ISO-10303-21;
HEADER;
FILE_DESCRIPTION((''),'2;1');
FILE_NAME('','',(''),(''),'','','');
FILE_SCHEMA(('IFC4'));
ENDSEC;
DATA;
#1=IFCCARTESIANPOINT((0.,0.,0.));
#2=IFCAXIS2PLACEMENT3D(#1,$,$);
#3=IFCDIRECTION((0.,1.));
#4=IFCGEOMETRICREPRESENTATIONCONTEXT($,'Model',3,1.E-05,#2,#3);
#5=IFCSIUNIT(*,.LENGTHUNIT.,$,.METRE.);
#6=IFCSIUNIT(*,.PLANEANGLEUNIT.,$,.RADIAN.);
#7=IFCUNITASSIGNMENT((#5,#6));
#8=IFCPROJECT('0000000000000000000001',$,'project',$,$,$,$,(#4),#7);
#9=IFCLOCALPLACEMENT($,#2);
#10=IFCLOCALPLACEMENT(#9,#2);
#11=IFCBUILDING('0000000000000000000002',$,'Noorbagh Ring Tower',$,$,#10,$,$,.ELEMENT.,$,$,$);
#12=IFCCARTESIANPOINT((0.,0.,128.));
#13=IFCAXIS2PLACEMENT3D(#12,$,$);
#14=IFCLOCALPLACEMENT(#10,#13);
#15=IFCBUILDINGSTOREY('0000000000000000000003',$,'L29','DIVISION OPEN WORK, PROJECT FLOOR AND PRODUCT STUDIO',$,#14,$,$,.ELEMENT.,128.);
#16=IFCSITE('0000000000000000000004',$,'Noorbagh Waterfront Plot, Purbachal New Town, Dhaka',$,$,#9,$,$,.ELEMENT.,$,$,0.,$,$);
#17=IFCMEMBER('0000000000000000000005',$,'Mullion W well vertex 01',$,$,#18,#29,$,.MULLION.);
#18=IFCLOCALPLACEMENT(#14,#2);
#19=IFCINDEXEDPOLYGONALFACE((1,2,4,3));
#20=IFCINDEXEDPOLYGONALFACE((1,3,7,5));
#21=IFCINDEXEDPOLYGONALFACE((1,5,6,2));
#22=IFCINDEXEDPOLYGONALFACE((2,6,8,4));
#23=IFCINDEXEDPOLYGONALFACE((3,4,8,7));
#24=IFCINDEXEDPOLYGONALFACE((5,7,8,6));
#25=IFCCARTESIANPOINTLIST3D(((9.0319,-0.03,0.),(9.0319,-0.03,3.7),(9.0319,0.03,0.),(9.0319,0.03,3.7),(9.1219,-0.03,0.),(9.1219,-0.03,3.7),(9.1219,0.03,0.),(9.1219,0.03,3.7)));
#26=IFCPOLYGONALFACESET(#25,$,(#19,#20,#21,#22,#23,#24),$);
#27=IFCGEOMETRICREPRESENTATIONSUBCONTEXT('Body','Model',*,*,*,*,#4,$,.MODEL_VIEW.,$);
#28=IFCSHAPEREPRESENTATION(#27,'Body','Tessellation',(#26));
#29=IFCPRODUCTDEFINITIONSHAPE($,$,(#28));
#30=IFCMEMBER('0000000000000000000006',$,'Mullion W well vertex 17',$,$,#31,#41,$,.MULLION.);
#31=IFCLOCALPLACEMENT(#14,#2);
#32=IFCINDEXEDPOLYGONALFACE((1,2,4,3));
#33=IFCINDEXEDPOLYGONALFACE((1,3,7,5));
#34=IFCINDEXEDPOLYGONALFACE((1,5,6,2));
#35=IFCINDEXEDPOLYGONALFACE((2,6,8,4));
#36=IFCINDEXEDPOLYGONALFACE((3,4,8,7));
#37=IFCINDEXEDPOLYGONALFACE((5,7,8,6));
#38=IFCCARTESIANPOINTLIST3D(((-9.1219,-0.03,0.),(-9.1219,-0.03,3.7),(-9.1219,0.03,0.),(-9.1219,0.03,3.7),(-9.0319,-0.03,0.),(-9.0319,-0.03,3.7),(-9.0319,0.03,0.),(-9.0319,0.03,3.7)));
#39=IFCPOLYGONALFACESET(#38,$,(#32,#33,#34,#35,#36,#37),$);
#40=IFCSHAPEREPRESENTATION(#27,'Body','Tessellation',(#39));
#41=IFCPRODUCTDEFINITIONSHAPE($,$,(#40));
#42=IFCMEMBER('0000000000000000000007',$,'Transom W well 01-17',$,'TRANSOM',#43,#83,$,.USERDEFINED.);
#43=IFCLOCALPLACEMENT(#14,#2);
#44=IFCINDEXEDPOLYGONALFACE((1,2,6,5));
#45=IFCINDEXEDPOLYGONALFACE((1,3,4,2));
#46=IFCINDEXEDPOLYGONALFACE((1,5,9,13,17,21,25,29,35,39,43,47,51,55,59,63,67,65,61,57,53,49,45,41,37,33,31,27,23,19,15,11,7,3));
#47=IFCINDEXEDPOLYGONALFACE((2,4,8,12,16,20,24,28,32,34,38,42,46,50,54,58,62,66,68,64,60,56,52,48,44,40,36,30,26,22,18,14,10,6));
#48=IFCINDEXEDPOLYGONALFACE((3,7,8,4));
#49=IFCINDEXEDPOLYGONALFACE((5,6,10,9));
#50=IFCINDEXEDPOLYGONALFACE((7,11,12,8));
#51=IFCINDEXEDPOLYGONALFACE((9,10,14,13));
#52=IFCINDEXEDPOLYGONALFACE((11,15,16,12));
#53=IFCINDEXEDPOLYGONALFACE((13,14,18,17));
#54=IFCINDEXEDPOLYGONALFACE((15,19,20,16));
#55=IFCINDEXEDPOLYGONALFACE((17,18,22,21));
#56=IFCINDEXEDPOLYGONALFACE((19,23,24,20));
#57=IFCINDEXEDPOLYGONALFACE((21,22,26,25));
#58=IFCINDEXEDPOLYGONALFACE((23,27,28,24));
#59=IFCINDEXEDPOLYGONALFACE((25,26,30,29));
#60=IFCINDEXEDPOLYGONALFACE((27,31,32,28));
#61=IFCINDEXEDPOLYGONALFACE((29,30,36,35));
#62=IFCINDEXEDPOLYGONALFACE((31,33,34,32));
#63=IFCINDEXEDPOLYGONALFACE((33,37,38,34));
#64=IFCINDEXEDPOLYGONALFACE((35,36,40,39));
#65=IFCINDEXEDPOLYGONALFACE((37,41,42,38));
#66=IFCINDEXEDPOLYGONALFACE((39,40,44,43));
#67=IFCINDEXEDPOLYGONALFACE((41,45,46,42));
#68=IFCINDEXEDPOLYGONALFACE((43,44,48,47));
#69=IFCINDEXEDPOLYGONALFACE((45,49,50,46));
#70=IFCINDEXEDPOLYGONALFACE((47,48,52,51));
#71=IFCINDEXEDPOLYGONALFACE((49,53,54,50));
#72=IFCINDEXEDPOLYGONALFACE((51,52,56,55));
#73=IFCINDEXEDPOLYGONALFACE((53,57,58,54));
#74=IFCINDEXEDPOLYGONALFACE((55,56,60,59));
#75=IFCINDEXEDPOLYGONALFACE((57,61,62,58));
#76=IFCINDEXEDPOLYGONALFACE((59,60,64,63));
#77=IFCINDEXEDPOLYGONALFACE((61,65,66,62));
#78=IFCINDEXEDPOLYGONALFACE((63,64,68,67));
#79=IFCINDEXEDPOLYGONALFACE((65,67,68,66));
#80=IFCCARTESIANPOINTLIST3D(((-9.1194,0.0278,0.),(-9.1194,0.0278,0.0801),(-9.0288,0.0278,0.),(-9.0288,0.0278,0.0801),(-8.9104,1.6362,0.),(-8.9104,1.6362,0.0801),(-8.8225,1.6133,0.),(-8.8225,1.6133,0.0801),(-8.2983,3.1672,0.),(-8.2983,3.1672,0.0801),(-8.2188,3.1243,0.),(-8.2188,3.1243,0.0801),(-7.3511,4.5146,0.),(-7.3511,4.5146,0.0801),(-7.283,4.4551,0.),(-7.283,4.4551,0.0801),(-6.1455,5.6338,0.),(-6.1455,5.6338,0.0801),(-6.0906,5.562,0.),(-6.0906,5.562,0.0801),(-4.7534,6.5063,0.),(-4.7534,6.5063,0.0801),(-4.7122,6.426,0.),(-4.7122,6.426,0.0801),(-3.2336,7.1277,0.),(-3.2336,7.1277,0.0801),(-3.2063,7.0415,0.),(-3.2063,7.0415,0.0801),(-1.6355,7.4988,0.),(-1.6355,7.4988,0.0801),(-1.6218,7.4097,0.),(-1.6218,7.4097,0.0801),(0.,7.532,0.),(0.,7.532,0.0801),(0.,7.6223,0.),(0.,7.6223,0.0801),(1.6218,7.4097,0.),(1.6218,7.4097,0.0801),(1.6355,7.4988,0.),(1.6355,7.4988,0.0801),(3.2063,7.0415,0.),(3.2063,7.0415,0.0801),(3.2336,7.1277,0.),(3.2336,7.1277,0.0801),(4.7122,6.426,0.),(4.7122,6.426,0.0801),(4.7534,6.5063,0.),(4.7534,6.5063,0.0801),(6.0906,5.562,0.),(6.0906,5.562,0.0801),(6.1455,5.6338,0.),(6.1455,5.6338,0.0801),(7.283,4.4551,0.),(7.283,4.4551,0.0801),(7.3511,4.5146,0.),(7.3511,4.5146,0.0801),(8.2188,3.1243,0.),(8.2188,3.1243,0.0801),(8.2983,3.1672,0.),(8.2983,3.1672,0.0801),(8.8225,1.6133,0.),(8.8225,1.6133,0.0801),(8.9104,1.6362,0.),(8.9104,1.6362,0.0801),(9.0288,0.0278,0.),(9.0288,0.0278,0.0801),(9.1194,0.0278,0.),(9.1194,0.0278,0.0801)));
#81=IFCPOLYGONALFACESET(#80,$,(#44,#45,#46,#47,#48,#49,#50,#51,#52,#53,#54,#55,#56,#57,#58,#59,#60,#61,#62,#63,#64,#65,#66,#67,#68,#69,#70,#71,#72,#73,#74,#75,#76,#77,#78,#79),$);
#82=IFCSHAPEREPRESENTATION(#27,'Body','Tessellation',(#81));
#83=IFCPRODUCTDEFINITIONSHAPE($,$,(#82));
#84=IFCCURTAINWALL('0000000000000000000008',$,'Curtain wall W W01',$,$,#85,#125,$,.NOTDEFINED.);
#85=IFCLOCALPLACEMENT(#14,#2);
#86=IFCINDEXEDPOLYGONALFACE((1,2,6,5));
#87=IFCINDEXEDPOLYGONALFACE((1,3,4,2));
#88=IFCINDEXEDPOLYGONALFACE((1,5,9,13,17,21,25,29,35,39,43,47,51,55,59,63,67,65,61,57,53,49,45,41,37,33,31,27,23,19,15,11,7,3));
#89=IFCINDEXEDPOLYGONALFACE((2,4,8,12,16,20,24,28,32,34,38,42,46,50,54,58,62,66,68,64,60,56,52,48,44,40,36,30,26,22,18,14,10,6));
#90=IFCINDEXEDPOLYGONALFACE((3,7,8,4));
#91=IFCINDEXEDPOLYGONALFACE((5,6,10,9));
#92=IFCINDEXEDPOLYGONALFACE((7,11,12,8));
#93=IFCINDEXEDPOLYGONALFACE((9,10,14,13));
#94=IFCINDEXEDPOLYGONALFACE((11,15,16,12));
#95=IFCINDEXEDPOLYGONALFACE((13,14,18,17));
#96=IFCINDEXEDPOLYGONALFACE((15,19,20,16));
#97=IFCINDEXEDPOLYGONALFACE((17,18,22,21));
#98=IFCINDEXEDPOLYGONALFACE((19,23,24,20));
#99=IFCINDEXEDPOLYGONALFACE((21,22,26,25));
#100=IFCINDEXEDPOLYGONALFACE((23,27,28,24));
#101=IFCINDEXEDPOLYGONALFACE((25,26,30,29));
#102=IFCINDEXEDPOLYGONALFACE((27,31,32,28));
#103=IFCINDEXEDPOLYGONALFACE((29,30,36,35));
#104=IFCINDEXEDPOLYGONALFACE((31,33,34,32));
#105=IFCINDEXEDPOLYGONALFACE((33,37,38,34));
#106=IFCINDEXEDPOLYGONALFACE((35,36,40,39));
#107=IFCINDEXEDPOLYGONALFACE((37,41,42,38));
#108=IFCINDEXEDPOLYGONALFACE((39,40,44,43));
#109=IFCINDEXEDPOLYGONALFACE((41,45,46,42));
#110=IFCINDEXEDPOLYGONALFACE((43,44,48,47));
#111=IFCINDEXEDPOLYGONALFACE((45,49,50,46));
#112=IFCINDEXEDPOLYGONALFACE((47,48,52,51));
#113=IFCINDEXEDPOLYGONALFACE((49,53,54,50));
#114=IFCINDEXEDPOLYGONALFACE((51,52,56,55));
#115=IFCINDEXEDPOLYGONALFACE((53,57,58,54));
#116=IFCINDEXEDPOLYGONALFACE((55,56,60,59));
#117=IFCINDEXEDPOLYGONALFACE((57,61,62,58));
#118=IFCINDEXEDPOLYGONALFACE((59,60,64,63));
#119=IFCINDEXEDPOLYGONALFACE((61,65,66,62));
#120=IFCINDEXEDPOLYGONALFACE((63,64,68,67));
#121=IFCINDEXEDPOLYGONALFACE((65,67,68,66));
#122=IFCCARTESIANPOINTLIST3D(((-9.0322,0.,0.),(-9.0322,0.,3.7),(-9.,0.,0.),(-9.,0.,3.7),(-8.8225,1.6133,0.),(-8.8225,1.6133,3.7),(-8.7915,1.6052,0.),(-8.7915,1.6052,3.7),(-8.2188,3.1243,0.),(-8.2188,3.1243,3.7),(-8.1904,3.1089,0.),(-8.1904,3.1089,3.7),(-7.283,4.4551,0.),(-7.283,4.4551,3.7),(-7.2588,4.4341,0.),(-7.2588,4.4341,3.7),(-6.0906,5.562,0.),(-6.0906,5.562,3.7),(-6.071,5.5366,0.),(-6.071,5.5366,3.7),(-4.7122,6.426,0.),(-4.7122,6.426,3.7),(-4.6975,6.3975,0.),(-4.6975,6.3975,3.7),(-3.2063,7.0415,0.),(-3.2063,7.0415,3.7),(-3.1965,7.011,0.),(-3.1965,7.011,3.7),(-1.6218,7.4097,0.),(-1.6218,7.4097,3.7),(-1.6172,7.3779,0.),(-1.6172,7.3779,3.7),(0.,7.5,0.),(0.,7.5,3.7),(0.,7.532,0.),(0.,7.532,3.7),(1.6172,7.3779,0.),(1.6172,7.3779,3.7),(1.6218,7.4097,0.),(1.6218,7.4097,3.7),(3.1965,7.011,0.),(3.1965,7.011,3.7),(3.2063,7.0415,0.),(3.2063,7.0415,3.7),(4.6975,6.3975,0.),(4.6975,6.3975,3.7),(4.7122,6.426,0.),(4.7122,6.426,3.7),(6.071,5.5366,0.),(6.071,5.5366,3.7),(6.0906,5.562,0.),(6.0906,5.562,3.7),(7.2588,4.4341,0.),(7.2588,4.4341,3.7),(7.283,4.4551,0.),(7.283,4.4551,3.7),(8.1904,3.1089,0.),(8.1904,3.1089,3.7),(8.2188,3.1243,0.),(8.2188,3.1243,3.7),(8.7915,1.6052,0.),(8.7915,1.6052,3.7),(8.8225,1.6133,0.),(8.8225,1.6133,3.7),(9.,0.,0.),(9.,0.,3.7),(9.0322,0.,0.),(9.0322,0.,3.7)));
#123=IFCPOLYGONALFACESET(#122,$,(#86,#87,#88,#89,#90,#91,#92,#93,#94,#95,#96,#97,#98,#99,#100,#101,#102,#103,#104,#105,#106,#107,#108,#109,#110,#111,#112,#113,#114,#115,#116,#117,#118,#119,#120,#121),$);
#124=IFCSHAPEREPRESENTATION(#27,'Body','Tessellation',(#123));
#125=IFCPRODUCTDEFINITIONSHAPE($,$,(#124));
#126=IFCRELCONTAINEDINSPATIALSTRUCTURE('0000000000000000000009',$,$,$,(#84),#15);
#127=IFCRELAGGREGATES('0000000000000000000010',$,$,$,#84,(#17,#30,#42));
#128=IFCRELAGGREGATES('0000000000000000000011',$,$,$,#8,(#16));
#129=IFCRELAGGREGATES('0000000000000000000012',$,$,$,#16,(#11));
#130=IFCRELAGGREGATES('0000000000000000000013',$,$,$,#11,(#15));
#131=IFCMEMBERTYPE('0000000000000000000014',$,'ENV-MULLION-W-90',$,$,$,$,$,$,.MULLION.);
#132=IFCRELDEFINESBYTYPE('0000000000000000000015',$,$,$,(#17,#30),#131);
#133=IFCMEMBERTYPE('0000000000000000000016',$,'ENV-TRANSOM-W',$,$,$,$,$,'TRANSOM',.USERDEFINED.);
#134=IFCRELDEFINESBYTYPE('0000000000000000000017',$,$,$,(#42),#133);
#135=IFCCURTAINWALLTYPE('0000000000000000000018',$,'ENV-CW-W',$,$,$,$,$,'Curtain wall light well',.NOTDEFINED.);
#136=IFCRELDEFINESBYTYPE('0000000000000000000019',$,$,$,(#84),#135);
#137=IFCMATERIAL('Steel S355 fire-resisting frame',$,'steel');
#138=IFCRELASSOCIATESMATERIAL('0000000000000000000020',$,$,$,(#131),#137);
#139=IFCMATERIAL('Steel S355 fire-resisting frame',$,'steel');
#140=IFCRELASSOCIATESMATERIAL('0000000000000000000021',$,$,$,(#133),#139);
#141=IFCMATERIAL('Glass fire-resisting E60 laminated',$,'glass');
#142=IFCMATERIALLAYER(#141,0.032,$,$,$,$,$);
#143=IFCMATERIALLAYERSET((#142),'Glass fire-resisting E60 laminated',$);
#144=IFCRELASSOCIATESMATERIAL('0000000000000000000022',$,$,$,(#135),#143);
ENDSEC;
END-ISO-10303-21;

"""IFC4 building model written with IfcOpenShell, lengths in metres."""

from ifc_helpers import new_model, si_unit, direction, frame, origin, origin_2d, place, context, subcontext, project, spatial, polyline, rectangle, outline, extrude, material, layer, layer_set, material_profile, profile_set, type_object, element, aggregate, save


model = new_model("IFC4")

# Units and contexts
model_context = context("Model", 3, precision=1e-05, world=origin(), true_north=direction((0.0, 1.0)))
body_context = subcontext(model_context, "Body", "Model", "MODEL_VIEW")
ifc_project = project(units=[si_unit("LENGTHUNIT", "METRE"), si_unit("PLANEANGLEUNIT", "RADIAN")], contexts=[model_context])

# Members
site_placement = place(None, origin())
building_placement = place(site_placement, origin())
storey_placement = place(building_placement, frame((0.0, 0.0, 128.0)))
ifc_material_1 = material(Name="Steel S355 fire-resisting frame", Category="steel")
ifc_material_profile_1 = material_profile(ifc_material_1, rectangle(XDim=0.0901, YDim=0.0601, at=origin_2d()), Name="90x60")
ifc_profile_set_1 = profile_set([ifc_material_profile_1], Name="Steel S355 fire-resisting frame")
member_type_1 = type_object("IfcMemberType", Name="ENV-MULLION-W-90", PredefinedType="MULLION", material=ifc_profile_set_1)
member_1_placement = place(storey_placement, frame((9.0769, 0.0, 0.0), z_axis=(0.0, 0.0, 1.0), x_axis=(1.0, 0.0, 0.0)))
member_1 = element("IfcMember", 1, at=member_1_placement, type_object=member_type_1, Name="Mullion W well vertex 01", PredefinedType="MULLION", context=body_context, shape_type="SweptSolid", body=[
    extrude(rectangle(XDim=0.0901, YDim=0.0601, at=origin_2d()), origin(), (0.0, 0.0, 1.0), 3.7),
])
member_2_placement = place(storey_placement, frame((-9.0769, 0.0, 0.0), z_axis=(0.0, 0.0, 1.0), x_axis=(-1.0, 0.0, 0.0)))
member_2 = element("IfcMember", 2, at=member_2_placement, type_object=member_type_1, Name="Mullion W well vertex 17", PredefinedType="MULLION", context=body_context, shape_type="SweptSolid", body=[
    extrude(rectangle(XDim=0.0901, YDim=0.0601, at=origin_2d()), origin(), (0.0, 0.0, 1.0), 3.7),
])
ifc_material_2 = material(Name="Steel S355 fire-resisting frame", Category="steel")
member_type_2 = type_object("IfcMemberType", Name="ENV-TRANSOM-W", ElementType="TRANSOM", PredefinedType="USERDEFINED", material=ifc_material_2)
member_3_placement = place(storey_placement, origin())
member_3 = element("IfcMember", 3, at=member_3_placement, type_object=member_type_2, Name="Transom W well 01-17", ObjectType="TRANSOM", PredefinedType="USERDEFINED", context=body_context, shape_type="SweptSolid", body=[
    extrude(outline(polyline([(9.1194, 0.0278), (8.9104, 1.6362), (8.2983, 3.1672), (7.3511, 4.5146), (6.1455, 5.6338), (4.7534, 6.5063), (3.2336, 7.1277), (1.6355, 7.4988), (0.0, 7.6223), (-1.6355, 7.4988), (-3.2336, 7.1277), (-4.7534, 6.5063), (-6.1455, 5.6338), (-7.3511, 4.5146), (-8.2983, 3.1672), (-8.9104, 1.6362), (-9.1194, 0.0278), (-9.0288, 0.0278), (-8.8225, 1.6133), (-8.2188, 3.1243), (-7.283, 4.4551), (-6.0906, 5.562), (-4.7122, 6.426), (-3.2063, 7.0415), (-1.6218, 7.4097), (0.0, 7.532), (1.6218, 7.4097), (3.2063, 7.0415), (4.7122, 6.426), (6.0906, 5.562), (7.283, 4.4551), (8.2188, 3.1243), (8.8225, 1.6133), (9.0288, 0.0278), (9.1194, 0.0278)])), origin(), (0.0, 0.0, 1.0), 0.0801),
])

# Site, building, storey
site = spatial("IfcSite", under=ifc_project, at=site_placement, Name="Noorbagh Waterfront Plot, Purbachal New Town, Dhaka", CompositionType="ELEMENT", RefElevation=0.0)
building = spatial("IfcBuilding", under=site, at=building_placement, Name="Noorbagh Ring Tower", CompositionType="ELEMENT")
storey = spatial("IfcBuildingStorey", under=building, at=storey_placement, Name="L29", Description="DIVISION OPEN WORK, PROJECT FLOOR AND PRODUCT STUDIO", CompositionType="ELEMENT", Elevation=128.0)

# Curtain wall
ifc_material_3 = material(Name="Glass fire-resisting E60 laminated", Category="glass")
ifc_layer_1 = layer(ifc_material_3, 0.032)
ifc_layer_set_1 = layer_set([ifc_layer_1], Name="Glass fire-resisting E60 laminated")
curtain_wall_type_1 = type_object("IfcCurtainWallType", Name="ENV-CW-W", ElementType="Curtain wall light well", PredefinedType="NOTDEFINED", material=ifc_layer_set_1)
curtain_wall_1_placement = place(storey_placement, origin())
curtain_wall_1 = element("IfcCurtainWall", 4, at=curtain_wall_1_placement, inside=storey, type_object=curtain_wall_type_1, Name="Curtain wall W W01", PredefinedType="NOTDEFINED", context=body_context, shape_type="SweptSolid", body=[
    extrude(outline(polyline([(9.0322, 0.0), (8.8225, 1.6133), (8.2188, 3.1243), (7.283, 4.4551), (6.0906, 5.562), (4.7122, 6.426), (3.2063, 7.0415), (1.6218, 7.4097), (0.0, 7.532), (-1.6218, 7.4097), (-3.2063, 7.0415), (-4.7122, 6.426), (-6.0906, 5.562), (-7.283, 4.4551), (-8.2188, 3.1243), (-8.8225, 1.6133), (-9.0322, 0.0), (-9.0, 0.0), (-8.7915, 1.6052), (-8.1904, 3.1089), (-7.2588, 4.4341), (-6.071, 5.5366), (-4.6975, 6.3975), (-3.1965, 7.011), (-1.6172, 7.3779), (0.0, 7.5), (1.6172, 7.3779), (3.1965, 7.011), (4.6975, 6.3975), (6.071, 5.5366), (7.2588, 4.4341), (8.1904, 3.1089), (8.7915, 1.6052), (9.0, 0.0), (9.0322, 0.0)])), origin(), (0.0, 0.0, 1.0), 3.7),
])
aggregate(curtain_wall_1, [member_1, member_2, member_3])

save(model, "model.ifc")
